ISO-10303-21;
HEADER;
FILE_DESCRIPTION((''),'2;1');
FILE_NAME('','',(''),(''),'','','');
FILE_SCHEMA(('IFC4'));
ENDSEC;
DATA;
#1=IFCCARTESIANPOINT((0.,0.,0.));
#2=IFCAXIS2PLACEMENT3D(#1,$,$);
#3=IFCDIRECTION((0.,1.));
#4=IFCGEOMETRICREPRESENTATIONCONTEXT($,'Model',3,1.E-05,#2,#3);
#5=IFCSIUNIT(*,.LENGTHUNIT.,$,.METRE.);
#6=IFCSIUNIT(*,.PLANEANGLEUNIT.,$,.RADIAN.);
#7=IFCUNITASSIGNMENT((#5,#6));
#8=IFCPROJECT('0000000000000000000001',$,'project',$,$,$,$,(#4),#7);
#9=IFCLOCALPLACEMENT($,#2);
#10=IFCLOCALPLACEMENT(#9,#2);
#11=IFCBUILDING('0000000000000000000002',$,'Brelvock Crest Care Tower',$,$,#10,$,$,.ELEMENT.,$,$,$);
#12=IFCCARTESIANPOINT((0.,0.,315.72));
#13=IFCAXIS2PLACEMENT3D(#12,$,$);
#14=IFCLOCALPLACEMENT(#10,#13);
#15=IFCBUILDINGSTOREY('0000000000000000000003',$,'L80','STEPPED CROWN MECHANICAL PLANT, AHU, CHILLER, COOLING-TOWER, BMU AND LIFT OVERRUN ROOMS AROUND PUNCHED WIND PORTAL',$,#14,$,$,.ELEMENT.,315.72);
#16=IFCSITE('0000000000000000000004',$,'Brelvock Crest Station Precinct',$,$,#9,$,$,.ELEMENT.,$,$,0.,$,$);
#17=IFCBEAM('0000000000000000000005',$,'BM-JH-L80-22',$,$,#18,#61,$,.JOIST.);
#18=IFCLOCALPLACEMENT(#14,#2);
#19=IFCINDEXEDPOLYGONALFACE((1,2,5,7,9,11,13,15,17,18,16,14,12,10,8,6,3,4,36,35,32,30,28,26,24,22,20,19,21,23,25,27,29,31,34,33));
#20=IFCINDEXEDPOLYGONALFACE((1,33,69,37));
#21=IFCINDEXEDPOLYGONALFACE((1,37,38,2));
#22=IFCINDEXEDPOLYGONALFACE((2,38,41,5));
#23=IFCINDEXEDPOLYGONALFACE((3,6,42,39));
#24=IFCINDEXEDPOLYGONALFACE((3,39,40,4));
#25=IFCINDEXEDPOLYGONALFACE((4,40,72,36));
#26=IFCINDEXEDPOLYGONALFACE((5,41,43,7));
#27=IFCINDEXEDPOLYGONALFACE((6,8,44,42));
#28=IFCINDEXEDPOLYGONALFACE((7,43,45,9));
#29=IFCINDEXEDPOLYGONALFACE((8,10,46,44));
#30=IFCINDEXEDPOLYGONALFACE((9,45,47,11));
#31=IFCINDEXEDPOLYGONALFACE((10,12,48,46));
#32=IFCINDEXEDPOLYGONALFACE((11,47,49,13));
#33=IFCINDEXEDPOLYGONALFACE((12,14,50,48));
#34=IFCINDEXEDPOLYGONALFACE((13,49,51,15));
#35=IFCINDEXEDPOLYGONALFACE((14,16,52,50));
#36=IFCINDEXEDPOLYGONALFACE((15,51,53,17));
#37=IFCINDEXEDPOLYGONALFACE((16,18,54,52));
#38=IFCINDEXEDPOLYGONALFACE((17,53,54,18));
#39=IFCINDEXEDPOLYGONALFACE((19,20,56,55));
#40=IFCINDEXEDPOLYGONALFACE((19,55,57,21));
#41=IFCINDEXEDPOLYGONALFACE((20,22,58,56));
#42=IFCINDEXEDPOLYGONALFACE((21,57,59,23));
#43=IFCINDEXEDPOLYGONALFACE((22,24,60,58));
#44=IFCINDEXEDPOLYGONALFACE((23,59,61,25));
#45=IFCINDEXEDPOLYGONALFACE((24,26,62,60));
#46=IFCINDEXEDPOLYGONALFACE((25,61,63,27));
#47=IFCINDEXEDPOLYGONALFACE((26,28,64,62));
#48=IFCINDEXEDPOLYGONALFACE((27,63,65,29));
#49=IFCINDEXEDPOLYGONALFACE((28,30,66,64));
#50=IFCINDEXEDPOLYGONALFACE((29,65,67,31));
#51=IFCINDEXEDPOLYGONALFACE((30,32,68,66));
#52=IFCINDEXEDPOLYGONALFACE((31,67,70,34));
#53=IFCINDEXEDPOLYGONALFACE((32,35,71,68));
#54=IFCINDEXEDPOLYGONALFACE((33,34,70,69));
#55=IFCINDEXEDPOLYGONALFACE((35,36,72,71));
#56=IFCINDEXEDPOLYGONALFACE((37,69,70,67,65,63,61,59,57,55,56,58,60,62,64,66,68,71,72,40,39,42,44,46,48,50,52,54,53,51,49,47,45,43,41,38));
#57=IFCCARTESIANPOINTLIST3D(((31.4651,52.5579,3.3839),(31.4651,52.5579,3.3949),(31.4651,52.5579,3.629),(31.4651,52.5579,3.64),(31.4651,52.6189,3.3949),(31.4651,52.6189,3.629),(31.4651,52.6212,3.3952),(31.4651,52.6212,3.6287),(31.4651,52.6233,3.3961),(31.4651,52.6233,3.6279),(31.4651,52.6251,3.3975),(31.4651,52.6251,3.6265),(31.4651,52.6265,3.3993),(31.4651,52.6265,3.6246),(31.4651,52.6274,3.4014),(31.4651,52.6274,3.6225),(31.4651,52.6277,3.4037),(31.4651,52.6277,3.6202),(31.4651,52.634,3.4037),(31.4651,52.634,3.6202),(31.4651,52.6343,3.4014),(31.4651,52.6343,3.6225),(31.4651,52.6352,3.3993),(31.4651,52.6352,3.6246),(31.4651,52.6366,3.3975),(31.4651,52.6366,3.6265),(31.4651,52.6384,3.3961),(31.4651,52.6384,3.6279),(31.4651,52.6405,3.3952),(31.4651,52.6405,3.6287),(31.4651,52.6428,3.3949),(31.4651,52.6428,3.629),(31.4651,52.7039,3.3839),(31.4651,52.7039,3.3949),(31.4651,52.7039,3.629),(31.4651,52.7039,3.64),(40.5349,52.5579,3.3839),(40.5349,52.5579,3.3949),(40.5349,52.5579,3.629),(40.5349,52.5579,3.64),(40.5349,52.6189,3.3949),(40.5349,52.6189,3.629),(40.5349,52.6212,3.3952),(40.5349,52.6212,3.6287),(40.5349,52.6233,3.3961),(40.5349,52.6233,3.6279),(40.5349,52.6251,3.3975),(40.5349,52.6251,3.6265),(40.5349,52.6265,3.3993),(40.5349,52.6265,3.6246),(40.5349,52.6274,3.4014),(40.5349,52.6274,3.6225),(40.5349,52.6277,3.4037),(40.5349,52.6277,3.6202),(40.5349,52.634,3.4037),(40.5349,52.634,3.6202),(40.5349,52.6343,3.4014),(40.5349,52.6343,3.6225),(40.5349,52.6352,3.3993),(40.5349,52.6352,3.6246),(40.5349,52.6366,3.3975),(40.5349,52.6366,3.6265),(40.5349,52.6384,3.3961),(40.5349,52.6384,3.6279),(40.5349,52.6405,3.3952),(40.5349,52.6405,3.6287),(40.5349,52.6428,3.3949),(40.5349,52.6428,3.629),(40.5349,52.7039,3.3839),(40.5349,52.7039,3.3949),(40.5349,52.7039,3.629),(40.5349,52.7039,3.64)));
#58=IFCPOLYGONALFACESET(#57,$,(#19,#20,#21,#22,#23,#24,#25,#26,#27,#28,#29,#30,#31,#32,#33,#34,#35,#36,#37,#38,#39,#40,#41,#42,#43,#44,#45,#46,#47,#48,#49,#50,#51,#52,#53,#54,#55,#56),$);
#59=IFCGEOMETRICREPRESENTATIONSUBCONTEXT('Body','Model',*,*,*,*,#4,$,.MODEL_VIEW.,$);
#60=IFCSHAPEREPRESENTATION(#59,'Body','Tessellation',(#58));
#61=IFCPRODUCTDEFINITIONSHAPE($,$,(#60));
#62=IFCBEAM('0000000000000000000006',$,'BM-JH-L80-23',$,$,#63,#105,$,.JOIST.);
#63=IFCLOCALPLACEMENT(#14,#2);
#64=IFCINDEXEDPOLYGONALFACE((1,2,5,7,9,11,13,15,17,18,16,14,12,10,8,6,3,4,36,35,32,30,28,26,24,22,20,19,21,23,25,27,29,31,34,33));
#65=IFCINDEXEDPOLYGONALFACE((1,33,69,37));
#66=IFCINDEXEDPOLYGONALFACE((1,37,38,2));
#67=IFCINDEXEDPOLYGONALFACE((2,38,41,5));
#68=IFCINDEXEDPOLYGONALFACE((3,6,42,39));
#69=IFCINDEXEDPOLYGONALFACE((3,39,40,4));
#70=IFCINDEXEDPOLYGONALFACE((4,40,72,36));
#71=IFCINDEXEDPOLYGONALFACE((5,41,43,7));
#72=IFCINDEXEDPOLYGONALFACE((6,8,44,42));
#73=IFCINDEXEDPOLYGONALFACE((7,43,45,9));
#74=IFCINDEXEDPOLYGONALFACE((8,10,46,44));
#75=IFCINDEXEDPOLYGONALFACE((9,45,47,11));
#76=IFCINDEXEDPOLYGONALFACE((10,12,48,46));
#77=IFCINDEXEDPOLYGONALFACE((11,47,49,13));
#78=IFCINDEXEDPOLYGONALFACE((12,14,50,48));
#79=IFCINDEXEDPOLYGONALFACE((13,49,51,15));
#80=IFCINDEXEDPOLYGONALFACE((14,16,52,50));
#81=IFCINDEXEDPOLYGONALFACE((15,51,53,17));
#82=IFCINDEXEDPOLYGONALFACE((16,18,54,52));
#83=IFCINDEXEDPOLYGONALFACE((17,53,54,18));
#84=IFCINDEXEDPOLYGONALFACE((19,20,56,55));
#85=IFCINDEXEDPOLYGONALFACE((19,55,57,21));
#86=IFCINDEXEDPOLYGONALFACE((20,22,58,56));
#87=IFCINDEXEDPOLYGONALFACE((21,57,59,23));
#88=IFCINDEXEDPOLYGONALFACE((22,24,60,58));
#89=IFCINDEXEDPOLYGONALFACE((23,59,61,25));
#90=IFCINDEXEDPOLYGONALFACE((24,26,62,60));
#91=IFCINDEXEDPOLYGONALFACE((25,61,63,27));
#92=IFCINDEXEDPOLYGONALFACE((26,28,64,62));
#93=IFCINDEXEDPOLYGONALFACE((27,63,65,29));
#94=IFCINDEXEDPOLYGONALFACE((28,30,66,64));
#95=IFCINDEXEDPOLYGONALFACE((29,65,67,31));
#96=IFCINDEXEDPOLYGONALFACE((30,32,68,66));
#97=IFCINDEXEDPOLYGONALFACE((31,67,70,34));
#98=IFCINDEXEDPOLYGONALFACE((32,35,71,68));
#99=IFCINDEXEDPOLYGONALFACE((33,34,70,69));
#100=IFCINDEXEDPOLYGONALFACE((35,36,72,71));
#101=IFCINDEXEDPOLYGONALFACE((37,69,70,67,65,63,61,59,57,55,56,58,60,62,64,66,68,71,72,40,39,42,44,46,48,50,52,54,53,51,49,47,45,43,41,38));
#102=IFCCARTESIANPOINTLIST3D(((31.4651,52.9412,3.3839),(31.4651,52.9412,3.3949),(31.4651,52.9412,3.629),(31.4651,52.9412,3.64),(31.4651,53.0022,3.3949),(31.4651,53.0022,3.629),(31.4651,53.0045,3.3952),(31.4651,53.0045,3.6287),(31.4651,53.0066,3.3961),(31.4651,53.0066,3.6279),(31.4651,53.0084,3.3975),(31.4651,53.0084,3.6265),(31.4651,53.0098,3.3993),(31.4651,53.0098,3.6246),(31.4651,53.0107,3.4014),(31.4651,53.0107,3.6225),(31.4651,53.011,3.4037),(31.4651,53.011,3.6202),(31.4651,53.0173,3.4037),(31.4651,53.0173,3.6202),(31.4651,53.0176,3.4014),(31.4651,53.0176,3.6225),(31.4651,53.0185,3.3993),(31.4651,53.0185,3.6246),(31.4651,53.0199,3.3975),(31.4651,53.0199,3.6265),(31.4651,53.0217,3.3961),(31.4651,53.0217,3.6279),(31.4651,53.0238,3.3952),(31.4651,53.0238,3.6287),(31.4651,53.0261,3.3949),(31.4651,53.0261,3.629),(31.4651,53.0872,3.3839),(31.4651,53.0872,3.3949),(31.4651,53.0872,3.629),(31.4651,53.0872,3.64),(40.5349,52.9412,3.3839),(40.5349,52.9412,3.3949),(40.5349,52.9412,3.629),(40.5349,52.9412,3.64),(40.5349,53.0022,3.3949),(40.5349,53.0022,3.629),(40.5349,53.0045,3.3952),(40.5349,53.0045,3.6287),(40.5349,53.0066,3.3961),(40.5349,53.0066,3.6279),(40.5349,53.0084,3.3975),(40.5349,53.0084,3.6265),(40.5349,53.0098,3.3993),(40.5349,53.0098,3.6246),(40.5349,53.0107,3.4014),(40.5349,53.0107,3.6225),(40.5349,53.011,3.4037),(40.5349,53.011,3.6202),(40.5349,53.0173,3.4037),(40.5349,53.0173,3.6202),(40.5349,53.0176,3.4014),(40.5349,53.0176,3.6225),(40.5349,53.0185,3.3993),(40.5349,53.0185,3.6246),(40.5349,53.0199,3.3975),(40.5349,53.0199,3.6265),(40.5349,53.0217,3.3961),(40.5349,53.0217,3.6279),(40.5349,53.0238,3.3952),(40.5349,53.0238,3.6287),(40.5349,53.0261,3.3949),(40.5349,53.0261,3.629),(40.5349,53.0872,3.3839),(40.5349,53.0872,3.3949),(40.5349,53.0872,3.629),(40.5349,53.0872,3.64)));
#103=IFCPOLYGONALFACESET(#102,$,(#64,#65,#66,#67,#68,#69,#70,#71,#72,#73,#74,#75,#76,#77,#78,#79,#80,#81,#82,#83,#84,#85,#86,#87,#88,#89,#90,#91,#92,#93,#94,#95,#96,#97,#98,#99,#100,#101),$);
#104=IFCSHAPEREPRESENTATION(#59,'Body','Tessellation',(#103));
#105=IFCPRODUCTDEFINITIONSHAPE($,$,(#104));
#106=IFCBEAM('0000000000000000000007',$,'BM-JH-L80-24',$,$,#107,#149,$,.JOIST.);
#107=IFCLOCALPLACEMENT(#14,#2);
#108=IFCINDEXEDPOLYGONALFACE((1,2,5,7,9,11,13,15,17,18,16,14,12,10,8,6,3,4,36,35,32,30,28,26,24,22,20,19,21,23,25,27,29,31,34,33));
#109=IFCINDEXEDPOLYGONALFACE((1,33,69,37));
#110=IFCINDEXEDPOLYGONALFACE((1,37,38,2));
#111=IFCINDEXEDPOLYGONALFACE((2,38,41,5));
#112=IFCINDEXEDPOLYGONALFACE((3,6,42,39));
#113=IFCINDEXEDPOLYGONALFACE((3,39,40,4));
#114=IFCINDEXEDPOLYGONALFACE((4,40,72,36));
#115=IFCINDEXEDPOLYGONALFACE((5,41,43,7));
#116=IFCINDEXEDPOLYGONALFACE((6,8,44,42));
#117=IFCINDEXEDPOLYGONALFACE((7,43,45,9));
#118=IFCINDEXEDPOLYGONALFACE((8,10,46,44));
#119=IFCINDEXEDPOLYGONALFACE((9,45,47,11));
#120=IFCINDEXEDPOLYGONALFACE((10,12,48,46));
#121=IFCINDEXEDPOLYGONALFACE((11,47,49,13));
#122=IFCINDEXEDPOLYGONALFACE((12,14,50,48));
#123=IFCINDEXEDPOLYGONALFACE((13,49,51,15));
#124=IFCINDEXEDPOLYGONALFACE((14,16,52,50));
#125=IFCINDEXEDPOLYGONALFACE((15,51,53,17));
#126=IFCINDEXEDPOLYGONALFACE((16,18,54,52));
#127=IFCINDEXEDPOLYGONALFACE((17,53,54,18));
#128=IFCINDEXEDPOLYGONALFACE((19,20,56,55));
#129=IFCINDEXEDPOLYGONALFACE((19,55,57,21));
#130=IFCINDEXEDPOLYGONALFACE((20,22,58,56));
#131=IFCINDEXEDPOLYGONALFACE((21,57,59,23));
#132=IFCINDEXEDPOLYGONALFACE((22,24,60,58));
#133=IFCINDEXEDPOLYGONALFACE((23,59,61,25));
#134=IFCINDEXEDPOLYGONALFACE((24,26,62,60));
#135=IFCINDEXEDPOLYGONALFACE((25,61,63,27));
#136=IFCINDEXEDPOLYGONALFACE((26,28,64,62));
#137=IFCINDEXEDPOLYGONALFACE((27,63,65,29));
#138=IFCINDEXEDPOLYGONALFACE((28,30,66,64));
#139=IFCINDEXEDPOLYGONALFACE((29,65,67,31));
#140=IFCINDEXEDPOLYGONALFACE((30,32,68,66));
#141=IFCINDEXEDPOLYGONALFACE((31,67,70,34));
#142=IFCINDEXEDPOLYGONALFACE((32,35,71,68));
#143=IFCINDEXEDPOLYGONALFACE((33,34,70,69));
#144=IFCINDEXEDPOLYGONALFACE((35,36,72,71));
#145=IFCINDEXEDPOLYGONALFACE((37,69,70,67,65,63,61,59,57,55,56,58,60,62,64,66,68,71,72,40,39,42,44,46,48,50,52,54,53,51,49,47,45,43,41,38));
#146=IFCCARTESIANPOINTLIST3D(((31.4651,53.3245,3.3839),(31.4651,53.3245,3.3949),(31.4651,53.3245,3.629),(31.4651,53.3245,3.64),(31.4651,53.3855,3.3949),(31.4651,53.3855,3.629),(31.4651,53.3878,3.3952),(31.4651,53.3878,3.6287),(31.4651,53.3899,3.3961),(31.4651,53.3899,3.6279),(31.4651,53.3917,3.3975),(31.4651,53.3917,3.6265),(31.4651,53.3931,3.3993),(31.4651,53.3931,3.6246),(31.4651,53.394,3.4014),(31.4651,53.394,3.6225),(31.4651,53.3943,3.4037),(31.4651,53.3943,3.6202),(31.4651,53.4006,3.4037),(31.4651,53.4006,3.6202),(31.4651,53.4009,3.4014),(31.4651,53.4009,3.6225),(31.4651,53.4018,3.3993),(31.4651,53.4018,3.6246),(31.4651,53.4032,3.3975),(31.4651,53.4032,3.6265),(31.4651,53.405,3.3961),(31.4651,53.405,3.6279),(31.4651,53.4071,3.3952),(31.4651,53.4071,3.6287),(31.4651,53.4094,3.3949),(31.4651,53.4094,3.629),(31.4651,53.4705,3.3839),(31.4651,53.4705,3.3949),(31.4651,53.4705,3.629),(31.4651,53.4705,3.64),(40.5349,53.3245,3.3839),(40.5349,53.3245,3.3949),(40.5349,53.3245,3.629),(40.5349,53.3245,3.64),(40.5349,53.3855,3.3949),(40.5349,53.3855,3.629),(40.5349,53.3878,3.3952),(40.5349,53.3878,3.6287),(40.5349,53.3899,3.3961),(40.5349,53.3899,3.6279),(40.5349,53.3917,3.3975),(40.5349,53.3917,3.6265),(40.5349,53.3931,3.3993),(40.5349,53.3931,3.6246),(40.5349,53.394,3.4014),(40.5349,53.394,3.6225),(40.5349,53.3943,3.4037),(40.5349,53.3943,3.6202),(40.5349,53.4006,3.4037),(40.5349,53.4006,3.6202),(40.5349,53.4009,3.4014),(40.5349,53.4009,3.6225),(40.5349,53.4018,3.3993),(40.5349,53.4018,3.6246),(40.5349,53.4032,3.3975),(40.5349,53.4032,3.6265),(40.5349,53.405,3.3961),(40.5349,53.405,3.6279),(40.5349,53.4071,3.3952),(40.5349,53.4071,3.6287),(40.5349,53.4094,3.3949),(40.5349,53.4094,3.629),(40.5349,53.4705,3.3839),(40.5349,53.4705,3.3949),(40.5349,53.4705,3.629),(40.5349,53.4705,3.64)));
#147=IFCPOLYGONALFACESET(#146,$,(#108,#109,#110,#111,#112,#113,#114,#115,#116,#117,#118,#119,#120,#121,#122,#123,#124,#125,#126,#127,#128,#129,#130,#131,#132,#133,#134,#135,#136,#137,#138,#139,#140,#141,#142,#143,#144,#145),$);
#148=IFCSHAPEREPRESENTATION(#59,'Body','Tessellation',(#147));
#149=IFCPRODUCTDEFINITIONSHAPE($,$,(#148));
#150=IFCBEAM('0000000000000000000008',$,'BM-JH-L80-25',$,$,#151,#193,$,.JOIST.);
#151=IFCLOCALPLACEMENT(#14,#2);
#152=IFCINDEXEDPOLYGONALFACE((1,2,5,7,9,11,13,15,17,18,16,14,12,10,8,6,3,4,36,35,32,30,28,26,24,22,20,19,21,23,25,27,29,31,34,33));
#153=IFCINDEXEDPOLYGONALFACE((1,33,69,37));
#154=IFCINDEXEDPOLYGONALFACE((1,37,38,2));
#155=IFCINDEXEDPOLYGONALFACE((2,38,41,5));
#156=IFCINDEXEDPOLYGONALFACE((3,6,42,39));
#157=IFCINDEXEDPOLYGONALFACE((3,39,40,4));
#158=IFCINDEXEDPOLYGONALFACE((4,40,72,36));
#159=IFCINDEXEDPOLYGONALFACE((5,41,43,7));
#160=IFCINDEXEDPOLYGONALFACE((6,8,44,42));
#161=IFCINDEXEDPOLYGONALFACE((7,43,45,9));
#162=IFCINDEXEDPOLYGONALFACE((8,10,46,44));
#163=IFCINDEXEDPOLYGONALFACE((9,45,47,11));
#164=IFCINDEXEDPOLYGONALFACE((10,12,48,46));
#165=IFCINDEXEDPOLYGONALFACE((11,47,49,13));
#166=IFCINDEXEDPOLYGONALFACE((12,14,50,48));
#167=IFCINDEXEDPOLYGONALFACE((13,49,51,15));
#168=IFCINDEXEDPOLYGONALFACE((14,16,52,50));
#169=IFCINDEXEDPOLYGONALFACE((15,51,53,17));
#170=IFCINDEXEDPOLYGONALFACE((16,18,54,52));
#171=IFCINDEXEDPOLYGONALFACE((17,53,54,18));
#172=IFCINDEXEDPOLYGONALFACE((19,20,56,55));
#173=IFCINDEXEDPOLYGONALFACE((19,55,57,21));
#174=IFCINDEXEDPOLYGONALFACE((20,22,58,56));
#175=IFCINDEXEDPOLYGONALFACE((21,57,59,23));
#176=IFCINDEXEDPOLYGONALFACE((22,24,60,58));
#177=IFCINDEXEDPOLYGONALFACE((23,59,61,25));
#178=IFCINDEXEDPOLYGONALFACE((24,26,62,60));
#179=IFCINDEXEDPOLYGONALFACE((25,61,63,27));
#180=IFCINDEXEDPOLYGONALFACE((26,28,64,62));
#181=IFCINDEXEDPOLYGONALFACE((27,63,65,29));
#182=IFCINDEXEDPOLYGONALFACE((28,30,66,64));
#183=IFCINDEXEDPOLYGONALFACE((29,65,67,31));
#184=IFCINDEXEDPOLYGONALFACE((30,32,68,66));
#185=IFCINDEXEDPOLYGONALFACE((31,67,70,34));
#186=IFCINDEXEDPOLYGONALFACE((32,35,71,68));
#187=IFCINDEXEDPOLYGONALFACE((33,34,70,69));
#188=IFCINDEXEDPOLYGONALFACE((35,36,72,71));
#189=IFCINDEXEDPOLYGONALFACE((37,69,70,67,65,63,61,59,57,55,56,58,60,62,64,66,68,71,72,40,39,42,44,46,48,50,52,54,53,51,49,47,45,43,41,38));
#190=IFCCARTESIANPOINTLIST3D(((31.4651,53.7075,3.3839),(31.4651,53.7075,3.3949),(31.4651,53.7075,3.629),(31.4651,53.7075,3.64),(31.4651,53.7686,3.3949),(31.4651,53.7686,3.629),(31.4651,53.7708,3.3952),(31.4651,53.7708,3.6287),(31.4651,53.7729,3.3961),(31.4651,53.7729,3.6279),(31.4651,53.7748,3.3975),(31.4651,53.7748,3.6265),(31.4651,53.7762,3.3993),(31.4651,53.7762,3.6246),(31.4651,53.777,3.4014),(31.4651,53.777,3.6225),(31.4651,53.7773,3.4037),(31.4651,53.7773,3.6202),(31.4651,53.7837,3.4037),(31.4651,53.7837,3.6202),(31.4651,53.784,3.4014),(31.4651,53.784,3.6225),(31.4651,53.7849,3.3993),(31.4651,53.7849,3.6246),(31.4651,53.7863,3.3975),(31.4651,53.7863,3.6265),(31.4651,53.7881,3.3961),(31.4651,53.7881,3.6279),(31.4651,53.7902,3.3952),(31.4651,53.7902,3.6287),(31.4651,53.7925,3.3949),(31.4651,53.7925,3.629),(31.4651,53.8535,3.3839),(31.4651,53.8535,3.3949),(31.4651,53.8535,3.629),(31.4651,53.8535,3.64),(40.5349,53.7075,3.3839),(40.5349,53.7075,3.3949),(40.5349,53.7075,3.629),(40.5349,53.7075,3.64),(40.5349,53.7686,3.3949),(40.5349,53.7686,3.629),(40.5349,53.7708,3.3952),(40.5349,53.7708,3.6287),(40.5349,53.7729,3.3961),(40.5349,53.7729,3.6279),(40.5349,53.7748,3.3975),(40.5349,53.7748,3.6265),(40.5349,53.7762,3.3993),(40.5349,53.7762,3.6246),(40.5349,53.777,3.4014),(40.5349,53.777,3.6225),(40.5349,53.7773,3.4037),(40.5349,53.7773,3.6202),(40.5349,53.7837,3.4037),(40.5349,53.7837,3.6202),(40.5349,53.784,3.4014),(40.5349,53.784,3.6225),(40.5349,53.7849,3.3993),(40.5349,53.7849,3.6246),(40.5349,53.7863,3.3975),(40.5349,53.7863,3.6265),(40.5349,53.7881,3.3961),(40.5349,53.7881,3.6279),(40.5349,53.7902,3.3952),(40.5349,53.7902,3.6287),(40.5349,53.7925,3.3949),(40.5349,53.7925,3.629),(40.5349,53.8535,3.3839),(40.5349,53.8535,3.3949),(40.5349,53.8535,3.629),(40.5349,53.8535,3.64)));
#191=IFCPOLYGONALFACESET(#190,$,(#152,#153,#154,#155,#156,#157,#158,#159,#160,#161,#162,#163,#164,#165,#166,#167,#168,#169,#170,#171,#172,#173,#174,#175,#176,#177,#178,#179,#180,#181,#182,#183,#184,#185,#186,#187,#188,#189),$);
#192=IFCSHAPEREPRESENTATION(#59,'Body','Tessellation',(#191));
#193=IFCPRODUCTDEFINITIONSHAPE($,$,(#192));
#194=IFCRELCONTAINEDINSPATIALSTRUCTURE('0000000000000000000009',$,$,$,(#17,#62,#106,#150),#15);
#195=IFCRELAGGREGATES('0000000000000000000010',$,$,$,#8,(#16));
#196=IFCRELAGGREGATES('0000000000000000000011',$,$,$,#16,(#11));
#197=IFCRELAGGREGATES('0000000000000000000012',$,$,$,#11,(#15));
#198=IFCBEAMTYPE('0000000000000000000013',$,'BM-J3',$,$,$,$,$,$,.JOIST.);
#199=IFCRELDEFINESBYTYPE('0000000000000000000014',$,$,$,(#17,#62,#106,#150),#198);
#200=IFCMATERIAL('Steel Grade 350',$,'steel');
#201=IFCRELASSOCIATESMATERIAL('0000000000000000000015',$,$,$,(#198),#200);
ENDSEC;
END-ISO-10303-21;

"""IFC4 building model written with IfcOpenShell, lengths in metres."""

from ifc_helpers import new_model, si_unit, direction, frame, origin, origin_2d, place, context, subcontext, project, spatial, i_section, extrude, source, transform, mapped, material, material_profile, profile_set, type_object, element, save


model = new_model("IFC4")

# Units and contexts
model_context = context("Model", 3, precision=1e-05, world=origin(), true_north=direction((0.0, 1.0)))
body_context = subcontext(model_context, "Body", "Model", "MODEL_VIEW")
ifc_project = project(units=[si_unit("LENGTHUNIT", "METRE"), si_unit("PLANEANGLEUNIT", "RADIAN")], contexts=[model_context])

# Site, building, storey
site_placement = place(None, origin())
site = spatial("IfcSite", under=ifc_project, at=site_placement, Name="Brelvock Crest Station Precinct", CompositionType="ELEMENT", RefElevation=0.0)
building_placement = place(site_placement, origin())
building = spatial("IfcBuilding", under=site, at=building_placement, Name="Brelvock Crest Care Tower", CompositionType="ELEMENT")
storey_placement = place(building_placement, frame((0.0, 0.0, 315.72)))
storey = spatial("IfcBuildingStorey", under=building, at=storey_placement, Name="L80", Description="STEPPED CROWN MECHANICAL PLANT, AHU, CHILLER, COOLING-TOWER, BMU AND LIFT OVERRUN ROOMS AROUND PUNCHED WIND PORTAL", CompositionType="ELEMENT", Elevation=315.72)

# Shared definitions
ifc_material_1 = material(Name="Steel Grade 350", Category="steel")

# Beams
ifc_material_profile_1 = material_profile(ifc_material_1, i_section(OverallWidth=0.146, OverallDepth=0.2561, WebThickness=0.0063, FlangeThickness=0.011, FilletRadius=0.0088, at=origin_2d()), Name="250UB37.3")
ifc_profile_set_1 = profile_set([ifc_material_profile_1], Name="Steel Grade 350")
beam_type_1 = type_object("IfcBeamType", Name="BM-J3", PredefinedType="JOIST", material=ifc_profile_set_1)
shared_shape_1 = source(origin(), body_context, "Body", "SweptSolid", [
    extrude(i_section(OverallWidth=0.146, OverallDepth=0.2561, WebThickness=0.0063, FlangeThickness=0.011, FilletRadius=0.0088, at=origin_2d()), origin(), (0.0, 0.0, 1.0), 9.0698),
])
for number, where, z_axis, x_axis, name in (
    (1, (31.4651, 52.6309, 3.512), (1.0, 0.0, 0.0), (0.0, 1.0, 0.0), "BM-JH-L80-22"),
    (2, (31.4651, 53.0142, 3.512), (1.0, 0.0, 0.0), (0.0, 1.0, 0.0), "BM-JH-L80-23"),
    (3, (31.4651, 53.3975, 3.512), (1.0, 0.0, 0.0), (0.0, 1.0, 0.0), "BM-JH-L80-24"),
    (4, (31.4651, 53.7805, 3.512), (1.0, 0.0, 0.0), (0.0, 1.0, 0.0), "BM-JH-L80-25"),
):
    element("IfcBeam", number, at=place(storey_placement, frame(where, z_axis=z_axis, x_axis=x_axis)), inside=storey, type_object=beam_type_1, Name=name, PredefinedType="JOIST", context=body_context, shape_type="MappedRepresentation", body=[
        mapped(shared_shape_1, transform((0.0, 0.0, 0.0), x_axis=(1.0, 0.0, 0.0), y_axis=(0.0, 1.0, 0.0), z_axis=(0.0, 0.0, 1.0), scale=1.0)),
    ])

save(model, "model.ifc")
